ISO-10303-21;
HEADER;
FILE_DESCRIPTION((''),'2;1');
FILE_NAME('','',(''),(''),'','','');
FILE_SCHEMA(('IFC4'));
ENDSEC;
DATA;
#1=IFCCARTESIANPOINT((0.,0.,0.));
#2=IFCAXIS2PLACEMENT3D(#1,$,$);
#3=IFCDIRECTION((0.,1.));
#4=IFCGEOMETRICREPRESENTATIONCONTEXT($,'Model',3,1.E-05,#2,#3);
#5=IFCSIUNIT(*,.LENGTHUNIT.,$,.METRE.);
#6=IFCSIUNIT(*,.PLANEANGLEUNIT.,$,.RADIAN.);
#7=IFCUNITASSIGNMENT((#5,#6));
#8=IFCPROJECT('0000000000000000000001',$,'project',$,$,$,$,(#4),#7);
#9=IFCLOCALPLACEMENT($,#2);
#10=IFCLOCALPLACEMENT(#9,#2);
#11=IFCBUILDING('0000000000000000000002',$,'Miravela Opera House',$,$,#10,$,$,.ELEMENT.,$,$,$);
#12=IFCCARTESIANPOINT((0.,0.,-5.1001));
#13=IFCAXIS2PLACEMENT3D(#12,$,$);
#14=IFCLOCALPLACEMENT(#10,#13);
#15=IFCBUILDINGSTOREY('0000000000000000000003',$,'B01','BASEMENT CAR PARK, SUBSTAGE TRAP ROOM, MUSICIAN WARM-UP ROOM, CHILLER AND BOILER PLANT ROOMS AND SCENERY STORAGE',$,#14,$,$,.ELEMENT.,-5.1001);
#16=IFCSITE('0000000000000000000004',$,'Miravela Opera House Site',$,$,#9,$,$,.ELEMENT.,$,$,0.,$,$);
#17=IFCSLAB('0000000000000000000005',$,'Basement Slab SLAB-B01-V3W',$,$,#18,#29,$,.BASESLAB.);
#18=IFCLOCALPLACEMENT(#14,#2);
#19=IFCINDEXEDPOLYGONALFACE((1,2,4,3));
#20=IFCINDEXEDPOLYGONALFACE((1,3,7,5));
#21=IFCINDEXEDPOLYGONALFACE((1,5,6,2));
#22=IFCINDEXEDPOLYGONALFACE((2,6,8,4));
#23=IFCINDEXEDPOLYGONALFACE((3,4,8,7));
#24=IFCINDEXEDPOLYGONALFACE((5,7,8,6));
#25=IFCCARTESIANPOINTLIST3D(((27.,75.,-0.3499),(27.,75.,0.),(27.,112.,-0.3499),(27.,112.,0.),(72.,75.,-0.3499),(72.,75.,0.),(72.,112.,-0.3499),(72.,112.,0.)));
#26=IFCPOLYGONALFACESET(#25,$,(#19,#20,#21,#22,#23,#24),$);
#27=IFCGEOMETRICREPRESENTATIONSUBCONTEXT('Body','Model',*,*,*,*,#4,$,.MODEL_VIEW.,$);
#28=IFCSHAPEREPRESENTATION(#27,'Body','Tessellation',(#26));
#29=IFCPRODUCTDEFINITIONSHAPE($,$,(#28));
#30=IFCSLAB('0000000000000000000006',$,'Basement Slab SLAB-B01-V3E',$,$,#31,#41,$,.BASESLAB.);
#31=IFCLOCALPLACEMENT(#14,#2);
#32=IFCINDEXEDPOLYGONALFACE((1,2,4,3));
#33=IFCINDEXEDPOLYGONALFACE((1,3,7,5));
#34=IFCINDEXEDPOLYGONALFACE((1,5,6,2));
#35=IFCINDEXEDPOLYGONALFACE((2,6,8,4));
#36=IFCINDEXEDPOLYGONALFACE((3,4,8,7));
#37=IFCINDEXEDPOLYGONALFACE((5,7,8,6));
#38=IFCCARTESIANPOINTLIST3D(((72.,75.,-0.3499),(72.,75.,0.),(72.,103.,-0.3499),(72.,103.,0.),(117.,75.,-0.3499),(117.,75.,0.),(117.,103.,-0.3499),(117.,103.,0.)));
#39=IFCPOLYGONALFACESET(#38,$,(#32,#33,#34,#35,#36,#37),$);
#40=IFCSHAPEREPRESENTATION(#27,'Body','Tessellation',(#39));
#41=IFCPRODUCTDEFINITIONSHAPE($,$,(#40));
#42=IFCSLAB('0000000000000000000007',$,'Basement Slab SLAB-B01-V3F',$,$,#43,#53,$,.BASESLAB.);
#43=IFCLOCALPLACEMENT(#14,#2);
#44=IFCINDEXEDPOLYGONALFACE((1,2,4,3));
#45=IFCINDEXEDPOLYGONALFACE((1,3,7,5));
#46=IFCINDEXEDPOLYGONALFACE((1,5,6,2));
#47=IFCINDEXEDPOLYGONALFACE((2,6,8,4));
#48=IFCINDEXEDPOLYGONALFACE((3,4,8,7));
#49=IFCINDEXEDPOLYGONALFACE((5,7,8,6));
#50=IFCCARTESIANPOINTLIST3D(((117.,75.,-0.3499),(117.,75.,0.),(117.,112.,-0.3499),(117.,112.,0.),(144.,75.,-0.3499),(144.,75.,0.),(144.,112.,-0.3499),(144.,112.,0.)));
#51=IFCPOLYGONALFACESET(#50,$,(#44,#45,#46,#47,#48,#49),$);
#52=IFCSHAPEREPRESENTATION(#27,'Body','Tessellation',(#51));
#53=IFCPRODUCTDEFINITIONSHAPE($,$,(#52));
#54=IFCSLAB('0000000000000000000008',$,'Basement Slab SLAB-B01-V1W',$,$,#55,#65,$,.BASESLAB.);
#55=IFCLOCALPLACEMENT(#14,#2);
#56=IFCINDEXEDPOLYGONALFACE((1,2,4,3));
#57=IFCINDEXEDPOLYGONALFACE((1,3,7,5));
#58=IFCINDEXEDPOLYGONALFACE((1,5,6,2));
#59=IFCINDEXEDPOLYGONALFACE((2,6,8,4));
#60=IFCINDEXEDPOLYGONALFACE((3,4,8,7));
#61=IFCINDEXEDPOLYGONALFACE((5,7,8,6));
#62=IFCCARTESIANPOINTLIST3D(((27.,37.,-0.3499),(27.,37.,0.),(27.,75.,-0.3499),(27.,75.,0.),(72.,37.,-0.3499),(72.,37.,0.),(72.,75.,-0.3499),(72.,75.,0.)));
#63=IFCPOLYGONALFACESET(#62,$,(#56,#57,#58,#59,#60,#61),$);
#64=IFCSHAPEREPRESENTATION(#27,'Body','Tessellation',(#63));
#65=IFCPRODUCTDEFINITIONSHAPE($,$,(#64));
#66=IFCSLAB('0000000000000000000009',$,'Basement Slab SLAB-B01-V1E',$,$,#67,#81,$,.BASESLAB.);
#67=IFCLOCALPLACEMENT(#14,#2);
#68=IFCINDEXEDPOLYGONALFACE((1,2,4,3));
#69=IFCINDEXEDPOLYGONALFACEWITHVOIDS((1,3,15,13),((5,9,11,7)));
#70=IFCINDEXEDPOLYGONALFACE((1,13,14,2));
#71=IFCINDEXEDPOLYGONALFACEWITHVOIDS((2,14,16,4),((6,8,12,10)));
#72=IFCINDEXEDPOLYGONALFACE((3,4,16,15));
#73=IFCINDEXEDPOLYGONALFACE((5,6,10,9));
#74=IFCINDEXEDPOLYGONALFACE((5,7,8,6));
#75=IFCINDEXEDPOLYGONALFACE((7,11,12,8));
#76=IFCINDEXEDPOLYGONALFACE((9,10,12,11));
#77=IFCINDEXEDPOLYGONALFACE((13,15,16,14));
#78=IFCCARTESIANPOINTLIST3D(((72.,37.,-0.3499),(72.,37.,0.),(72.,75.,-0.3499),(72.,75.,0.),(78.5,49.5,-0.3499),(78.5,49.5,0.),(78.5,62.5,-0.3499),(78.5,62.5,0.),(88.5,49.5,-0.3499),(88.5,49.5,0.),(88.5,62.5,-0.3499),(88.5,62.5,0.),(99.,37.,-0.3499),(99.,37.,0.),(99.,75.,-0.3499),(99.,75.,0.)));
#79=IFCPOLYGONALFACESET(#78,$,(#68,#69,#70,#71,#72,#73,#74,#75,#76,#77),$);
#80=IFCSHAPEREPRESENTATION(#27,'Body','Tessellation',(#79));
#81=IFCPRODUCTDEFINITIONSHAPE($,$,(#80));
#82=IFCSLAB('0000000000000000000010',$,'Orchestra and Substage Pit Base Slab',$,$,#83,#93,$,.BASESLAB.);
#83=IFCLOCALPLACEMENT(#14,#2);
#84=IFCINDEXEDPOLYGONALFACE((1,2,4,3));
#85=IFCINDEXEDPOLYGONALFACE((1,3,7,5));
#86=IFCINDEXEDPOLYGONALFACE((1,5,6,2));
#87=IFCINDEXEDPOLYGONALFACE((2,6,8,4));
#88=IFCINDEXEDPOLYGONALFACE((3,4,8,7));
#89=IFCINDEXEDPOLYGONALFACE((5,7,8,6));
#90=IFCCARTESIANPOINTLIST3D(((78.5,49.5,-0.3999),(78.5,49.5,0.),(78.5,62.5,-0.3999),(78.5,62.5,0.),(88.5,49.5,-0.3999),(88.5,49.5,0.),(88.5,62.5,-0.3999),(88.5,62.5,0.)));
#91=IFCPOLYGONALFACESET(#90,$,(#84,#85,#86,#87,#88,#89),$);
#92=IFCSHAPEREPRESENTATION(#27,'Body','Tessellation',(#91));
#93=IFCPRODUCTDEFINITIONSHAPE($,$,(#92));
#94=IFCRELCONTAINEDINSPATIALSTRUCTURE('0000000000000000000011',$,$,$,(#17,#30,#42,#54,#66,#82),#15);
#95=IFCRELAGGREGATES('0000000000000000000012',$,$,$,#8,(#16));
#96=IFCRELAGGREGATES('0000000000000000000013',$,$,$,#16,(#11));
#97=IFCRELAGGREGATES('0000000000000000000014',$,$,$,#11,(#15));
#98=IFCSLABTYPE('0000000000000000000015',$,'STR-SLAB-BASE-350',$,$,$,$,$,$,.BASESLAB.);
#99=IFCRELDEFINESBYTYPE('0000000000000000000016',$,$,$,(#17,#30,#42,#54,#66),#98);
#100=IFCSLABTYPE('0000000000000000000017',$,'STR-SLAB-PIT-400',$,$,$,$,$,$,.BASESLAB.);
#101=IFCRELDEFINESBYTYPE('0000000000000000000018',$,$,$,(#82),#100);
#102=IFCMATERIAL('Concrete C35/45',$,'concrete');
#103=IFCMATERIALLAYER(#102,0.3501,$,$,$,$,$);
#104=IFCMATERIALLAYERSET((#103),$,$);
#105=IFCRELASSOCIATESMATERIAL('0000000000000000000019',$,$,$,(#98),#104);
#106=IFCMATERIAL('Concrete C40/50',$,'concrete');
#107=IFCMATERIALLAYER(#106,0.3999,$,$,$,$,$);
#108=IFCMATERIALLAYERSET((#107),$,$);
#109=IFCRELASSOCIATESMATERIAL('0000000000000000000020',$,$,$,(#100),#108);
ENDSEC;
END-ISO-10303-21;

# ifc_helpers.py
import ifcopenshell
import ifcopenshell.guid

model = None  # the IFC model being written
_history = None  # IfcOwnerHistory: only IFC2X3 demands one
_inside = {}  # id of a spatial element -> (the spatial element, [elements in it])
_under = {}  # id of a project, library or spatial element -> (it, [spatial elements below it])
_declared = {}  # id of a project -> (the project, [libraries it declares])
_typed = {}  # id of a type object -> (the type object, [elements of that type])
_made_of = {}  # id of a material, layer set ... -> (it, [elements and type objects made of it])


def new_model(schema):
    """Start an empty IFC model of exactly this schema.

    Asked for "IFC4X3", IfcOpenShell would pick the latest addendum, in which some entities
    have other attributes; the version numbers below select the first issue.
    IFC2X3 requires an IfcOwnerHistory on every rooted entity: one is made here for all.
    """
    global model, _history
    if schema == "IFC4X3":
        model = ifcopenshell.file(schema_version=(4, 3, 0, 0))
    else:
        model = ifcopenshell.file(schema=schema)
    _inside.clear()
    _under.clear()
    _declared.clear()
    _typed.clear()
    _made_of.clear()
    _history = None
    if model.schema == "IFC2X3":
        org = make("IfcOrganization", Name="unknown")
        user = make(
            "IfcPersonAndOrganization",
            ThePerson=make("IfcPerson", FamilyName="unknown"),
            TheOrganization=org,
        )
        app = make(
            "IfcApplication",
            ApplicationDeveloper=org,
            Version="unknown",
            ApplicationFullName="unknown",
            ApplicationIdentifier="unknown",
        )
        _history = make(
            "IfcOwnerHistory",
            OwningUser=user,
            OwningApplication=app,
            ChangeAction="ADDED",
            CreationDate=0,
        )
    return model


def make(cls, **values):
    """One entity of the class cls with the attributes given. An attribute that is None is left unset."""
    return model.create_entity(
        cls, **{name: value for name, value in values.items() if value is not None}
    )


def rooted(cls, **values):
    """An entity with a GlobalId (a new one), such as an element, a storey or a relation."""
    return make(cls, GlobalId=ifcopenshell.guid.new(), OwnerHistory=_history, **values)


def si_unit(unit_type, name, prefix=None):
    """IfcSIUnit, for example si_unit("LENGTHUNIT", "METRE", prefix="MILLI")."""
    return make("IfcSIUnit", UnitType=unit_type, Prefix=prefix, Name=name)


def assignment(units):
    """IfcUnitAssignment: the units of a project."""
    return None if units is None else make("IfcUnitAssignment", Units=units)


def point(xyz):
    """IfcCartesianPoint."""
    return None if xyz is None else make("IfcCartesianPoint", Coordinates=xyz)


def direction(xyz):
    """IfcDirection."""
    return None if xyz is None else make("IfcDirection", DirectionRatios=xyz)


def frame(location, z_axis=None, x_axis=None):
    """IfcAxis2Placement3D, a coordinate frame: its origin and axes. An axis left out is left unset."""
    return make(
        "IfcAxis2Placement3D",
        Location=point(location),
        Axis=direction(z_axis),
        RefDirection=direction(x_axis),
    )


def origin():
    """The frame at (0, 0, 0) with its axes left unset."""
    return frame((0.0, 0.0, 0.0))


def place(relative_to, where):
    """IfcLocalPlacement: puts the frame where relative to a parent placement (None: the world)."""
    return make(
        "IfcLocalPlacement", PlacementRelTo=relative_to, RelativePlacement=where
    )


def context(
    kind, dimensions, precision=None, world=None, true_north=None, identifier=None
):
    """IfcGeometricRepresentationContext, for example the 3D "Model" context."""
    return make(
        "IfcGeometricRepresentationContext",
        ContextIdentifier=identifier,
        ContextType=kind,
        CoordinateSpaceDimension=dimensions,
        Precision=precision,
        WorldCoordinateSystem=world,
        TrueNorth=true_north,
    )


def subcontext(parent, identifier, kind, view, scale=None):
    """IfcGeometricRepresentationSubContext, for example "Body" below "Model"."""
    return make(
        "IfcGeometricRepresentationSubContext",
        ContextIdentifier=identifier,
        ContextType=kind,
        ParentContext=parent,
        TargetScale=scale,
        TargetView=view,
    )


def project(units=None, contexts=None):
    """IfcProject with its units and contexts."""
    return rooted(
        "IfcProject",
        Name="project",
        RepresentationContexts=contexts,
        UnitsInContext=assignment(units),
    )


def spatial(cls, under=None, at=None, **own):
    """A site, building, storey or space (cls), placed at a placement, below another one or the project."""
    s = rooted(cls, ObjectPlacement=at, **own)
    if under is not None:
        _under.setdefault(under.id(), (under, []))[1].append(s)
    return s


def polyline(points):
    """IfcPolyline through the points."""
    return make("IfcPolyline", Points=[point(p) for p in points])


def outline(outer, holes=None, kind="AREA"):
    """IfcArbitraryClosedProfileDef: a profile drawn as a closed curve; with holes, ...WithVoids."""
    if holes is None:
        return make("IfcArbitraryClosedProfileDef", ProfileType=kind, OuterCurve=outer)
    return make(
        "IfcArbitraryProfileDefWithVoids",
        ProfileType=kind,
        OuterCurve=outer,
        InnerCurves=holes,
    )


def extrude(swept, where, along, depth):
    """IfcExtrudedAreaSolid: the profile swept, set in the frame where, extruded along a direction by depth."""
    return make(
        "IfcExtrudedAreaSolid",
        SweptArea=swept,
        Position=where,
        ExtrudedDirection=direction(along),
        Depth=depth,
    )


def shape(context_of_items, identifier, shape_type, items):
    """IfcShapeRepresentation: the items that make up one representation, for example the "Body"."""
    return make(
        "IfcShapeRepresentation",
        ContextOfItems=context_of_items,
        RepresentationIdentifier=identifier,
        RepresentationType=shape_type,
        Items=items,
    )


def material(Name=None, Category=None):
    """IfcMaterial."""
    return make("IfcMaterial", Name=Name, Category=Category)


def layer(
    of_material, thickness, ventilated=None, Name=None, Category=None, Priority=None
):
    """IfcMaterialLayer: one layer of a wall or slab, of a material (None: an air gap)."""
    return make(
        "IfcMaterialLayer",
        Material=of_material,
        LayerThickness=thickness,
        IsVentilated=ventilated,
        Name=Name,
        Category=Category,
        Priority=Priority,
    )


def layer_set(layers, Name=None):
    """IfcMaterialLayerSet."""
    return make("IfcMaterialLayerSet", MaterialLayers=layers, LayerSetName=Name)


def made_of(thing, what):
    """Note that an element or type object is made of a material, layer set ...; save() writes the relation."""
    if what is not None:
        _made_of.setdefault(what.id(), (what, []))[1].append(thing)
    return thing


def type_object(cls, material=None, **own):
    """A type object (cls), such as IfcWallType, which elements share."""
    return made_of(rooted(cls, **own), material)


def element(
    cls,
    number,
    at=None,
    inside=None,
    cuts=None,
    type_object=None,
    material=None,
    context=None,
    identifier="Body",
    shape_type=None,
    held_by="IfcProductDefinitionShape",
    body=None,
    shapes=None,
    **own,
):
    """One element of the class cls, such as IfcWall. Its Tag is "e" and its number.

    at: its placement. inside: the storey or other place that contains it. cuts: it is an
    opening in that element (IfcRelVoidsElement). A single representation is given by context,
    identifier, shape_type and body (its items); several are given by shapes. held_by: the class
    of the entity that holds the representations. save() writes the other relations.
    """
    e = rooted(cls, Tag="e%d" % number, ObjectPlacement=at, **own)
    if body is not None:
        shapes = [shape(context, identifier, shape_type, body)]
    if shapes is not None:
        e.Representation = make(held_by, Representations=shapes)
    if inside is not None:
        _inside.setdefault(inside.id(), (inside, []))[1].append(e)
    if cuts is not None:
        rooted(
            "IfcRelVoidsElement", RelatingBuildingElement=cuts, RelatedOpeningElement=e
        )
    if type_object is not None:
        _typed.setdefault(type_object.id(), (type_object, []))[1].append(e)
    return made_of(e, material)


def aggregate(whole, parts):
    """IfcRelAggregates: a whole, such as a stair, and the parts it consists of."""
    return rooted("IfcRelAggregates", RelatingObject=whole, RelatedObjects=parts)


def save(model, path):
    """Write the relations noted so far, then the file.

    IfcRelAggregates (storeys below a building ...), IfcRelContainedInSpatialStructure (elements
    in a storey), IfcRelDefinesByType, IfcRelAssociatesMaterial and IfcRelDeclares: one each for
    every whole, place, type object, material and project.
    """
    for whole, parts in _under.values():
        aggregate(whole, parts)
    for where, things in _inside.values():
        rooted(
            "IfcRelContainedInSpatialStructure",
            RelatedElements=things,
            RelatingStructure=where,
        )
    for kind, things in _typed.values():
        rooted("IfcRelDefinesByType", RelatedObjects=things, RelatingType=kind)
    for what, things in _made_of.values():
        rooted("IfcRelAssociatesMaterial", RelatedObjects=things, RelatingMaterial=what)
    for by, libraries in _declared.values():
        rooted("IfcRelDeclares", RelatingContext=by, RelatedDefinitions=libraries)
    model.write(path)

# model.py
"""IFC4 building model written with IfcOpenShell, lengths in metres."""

from ifc_helpers import new_model, si_unit, direction, frame, origin, place, context, subcontext, project, spatial, polyline, outline, extrude, material, layer, layer_set, type_object, element, save


model = new_model("IFC4")

# Units and contexts
model_context = context("Model", 3, precision=1e-05, world=origin(), true_north=direction((0.0, 1.0)))
body_context = subcontext(model_context, "Body", "Model", "MODEL_VIEW")
ifc_project = project(units=[si_unit("LENGTHUNIT", "METRE"), si_unit("PLANEANGLEUNIT", "RADIAN")], contexts=[model_context])

# Site, building, storey
site_placement = place(None, origin())
site = spatial("IfcSite", under=ifc_project, at=site_placement, Name="Miravela Opera House Site", CompositionType="ELEMENT", RefElevation=0.0)
building_placement = place(site_placement, origin())
building = spatial("IfcBuilding", under=site, at=building_placement, Name="Miravela Opera House", CompositionType="ELEMENT")
storey_placement = place(building_placement, frame((0.0, 0.0, -5.1001)))
storey = spatial("IfcBuildingStorey", under=building, at=storey_placement, Name="B01", Description="BASEMENT CAR PARK, SUBSTAGE TRAP ROOM, MUSICIAN WARM-UP ROOM, CHILLER AND BOILER PLANT ROOMS AND SCENERY STORAGE", CompositionType="ELEMENT", Elevation=-5.1001)

# Shared definitions
ifc_material_1 = material(Name="Concrete C35/45", Category="concrete")

# Slabs
ifc_layer_1 = layer(ifc_material_1, 0.3501)
ifc_layer_set_1 = layer_set([ifc_layer_1])
slab_type_1 = type_object("IfcSlabType", Name="STR-SLAB-BASE-350", PredefinedType="BASESLAB", material=ifc_layer_set_1)
slab_1_placement = place(storey_placement, frame((0.0, 0.0, -0.3499)))
element("IfcSlab", 1, at=slab_1_placement, inside=storey, type_object=slab_type_1, Name="Basement Slab SLAB-B01-V3W", PredefinedType="BASESLAB", context=body_context, shape_type="SweptSolid", body=[
    extrude(outline(polyline([(27.0, 75.0), (72.0, 75.0), (72.0, 112.0), (27.0, 112.0), (27.0, 75.0)])), origin(), (0.0, 0.0, 1.0), 0.3499),
])
slab_2_placement = place(storey_placement, frame((0.0, 0.0, -0.3499)))
element("IfcSlab", 2, at=slab_2_placement, inside=storey, type_object=slab_type_1, Name="Basement Slab SLAB-B01-V3E", PredefinedType="BASESLAB", context=body_context, shape_type="SweptSolid", body=[
    extrude(outline(polyline([(72.0, 75.0), (117.0, 75.0), (117.0, 103.0), (72.0, 103.0), (72.0, 75.0)])), origin(), (0.0, 0.0, 1.0), 0.3499),
])
slab_3_placement = place(storey_placement, frame((0.0, 0.0, -0.3499)))
element("IfcSlab", 3, at=slab_3_placement, inside=storey, type_object=slab_type_1, Name="Basement Slab SLAB-B01-V3F", PredefinedType="BASESLAB", context=body_context, shape_type="SweptSolid", body=[
    extrude(outline(polyline([(117.0, 75.0), (144.0, 75.0), (144.0, 112.0), (117.0, 112.0), (117.0, 75.0)])), origin(), (0.0, 0.0, 1.0), 0.3499),
])
slab_4_placement = place(storey_placement, frame((0.0, 0.0, -0.3499)))
element("IfcSlab", 4, at=slab_4_placement, inside=storey, type_object=slab_type_1, Name="Basement Slab SLAB-B01-V1W", PredefinedType="BASESLAB", context=body_context, shape_type="SweptSolid", body=[
    extrude(outline(polyline([(27.0, 37.0), (72.0, 37.0), (72.0, 75.0), (27.0, 75.0), (27.0, 37.0)])), origin(), (0.0, 0.0, 1.0), 0.3499),
])
slab_5_placement = place(storey_placement, frame((0.0, 0.0, -0.3499)))
element("IfcSlab", 5, at=slab_5_placement, inside=storey, type_object=slab_type_1, Name="Basement Slab SLAB-B01-V1E", PredefinedType="BASESLAB", context=body_context, shape_type="SweptSolid", body=[
    extrude(outline(polyline([(72.0, 37.0), (99.0, 37.0), (99.0, 75.0), (72.0, 75.0), (72.0, 37.0)]), holes=[polyline([(78.5, 49.5), (88.5, 49.5), (88.5, 62.5), (78.5, 62.5), (78.5, 49.5)])]), origin(), (0.0, 0.0, 1.0), 0.3499),
])
ifc_material_2 = material(Name="Concrete C40/50", Category="concrete")
ifc_layer_2 = layer(ifc_material_2, 0.3999)
ifc_layer_set_2 = layer_set([ifc_layer_2])
slab_type_2 = type_object("IfcSlabType", Name="STR-SLAB-PIT-400", PredefinedType="BASESLAB", material=ifc_layer_set_2)
slab_6_placement = place(storey_placement, frame((0.0, 0.0, -0.3999)))
element("IfcSlab", 6, at=slab_6_placement, inside=storey, type_object=slab_type_2, Name="Orchestra and Substage Pit Base Slab", PredefinedType="BASESLAB", context=body_context, shape_type="SweptSolid", body=[
    extrude(outline(polyline([(78.5, 49.5), (88.5, 49.5), (88.5, 62.5), (78.5, 62.5), (78.5, 49.5)])), origin(), (0.0, 0.0, 1.0), 0.3999),
])

save(model, "model.ifc")
